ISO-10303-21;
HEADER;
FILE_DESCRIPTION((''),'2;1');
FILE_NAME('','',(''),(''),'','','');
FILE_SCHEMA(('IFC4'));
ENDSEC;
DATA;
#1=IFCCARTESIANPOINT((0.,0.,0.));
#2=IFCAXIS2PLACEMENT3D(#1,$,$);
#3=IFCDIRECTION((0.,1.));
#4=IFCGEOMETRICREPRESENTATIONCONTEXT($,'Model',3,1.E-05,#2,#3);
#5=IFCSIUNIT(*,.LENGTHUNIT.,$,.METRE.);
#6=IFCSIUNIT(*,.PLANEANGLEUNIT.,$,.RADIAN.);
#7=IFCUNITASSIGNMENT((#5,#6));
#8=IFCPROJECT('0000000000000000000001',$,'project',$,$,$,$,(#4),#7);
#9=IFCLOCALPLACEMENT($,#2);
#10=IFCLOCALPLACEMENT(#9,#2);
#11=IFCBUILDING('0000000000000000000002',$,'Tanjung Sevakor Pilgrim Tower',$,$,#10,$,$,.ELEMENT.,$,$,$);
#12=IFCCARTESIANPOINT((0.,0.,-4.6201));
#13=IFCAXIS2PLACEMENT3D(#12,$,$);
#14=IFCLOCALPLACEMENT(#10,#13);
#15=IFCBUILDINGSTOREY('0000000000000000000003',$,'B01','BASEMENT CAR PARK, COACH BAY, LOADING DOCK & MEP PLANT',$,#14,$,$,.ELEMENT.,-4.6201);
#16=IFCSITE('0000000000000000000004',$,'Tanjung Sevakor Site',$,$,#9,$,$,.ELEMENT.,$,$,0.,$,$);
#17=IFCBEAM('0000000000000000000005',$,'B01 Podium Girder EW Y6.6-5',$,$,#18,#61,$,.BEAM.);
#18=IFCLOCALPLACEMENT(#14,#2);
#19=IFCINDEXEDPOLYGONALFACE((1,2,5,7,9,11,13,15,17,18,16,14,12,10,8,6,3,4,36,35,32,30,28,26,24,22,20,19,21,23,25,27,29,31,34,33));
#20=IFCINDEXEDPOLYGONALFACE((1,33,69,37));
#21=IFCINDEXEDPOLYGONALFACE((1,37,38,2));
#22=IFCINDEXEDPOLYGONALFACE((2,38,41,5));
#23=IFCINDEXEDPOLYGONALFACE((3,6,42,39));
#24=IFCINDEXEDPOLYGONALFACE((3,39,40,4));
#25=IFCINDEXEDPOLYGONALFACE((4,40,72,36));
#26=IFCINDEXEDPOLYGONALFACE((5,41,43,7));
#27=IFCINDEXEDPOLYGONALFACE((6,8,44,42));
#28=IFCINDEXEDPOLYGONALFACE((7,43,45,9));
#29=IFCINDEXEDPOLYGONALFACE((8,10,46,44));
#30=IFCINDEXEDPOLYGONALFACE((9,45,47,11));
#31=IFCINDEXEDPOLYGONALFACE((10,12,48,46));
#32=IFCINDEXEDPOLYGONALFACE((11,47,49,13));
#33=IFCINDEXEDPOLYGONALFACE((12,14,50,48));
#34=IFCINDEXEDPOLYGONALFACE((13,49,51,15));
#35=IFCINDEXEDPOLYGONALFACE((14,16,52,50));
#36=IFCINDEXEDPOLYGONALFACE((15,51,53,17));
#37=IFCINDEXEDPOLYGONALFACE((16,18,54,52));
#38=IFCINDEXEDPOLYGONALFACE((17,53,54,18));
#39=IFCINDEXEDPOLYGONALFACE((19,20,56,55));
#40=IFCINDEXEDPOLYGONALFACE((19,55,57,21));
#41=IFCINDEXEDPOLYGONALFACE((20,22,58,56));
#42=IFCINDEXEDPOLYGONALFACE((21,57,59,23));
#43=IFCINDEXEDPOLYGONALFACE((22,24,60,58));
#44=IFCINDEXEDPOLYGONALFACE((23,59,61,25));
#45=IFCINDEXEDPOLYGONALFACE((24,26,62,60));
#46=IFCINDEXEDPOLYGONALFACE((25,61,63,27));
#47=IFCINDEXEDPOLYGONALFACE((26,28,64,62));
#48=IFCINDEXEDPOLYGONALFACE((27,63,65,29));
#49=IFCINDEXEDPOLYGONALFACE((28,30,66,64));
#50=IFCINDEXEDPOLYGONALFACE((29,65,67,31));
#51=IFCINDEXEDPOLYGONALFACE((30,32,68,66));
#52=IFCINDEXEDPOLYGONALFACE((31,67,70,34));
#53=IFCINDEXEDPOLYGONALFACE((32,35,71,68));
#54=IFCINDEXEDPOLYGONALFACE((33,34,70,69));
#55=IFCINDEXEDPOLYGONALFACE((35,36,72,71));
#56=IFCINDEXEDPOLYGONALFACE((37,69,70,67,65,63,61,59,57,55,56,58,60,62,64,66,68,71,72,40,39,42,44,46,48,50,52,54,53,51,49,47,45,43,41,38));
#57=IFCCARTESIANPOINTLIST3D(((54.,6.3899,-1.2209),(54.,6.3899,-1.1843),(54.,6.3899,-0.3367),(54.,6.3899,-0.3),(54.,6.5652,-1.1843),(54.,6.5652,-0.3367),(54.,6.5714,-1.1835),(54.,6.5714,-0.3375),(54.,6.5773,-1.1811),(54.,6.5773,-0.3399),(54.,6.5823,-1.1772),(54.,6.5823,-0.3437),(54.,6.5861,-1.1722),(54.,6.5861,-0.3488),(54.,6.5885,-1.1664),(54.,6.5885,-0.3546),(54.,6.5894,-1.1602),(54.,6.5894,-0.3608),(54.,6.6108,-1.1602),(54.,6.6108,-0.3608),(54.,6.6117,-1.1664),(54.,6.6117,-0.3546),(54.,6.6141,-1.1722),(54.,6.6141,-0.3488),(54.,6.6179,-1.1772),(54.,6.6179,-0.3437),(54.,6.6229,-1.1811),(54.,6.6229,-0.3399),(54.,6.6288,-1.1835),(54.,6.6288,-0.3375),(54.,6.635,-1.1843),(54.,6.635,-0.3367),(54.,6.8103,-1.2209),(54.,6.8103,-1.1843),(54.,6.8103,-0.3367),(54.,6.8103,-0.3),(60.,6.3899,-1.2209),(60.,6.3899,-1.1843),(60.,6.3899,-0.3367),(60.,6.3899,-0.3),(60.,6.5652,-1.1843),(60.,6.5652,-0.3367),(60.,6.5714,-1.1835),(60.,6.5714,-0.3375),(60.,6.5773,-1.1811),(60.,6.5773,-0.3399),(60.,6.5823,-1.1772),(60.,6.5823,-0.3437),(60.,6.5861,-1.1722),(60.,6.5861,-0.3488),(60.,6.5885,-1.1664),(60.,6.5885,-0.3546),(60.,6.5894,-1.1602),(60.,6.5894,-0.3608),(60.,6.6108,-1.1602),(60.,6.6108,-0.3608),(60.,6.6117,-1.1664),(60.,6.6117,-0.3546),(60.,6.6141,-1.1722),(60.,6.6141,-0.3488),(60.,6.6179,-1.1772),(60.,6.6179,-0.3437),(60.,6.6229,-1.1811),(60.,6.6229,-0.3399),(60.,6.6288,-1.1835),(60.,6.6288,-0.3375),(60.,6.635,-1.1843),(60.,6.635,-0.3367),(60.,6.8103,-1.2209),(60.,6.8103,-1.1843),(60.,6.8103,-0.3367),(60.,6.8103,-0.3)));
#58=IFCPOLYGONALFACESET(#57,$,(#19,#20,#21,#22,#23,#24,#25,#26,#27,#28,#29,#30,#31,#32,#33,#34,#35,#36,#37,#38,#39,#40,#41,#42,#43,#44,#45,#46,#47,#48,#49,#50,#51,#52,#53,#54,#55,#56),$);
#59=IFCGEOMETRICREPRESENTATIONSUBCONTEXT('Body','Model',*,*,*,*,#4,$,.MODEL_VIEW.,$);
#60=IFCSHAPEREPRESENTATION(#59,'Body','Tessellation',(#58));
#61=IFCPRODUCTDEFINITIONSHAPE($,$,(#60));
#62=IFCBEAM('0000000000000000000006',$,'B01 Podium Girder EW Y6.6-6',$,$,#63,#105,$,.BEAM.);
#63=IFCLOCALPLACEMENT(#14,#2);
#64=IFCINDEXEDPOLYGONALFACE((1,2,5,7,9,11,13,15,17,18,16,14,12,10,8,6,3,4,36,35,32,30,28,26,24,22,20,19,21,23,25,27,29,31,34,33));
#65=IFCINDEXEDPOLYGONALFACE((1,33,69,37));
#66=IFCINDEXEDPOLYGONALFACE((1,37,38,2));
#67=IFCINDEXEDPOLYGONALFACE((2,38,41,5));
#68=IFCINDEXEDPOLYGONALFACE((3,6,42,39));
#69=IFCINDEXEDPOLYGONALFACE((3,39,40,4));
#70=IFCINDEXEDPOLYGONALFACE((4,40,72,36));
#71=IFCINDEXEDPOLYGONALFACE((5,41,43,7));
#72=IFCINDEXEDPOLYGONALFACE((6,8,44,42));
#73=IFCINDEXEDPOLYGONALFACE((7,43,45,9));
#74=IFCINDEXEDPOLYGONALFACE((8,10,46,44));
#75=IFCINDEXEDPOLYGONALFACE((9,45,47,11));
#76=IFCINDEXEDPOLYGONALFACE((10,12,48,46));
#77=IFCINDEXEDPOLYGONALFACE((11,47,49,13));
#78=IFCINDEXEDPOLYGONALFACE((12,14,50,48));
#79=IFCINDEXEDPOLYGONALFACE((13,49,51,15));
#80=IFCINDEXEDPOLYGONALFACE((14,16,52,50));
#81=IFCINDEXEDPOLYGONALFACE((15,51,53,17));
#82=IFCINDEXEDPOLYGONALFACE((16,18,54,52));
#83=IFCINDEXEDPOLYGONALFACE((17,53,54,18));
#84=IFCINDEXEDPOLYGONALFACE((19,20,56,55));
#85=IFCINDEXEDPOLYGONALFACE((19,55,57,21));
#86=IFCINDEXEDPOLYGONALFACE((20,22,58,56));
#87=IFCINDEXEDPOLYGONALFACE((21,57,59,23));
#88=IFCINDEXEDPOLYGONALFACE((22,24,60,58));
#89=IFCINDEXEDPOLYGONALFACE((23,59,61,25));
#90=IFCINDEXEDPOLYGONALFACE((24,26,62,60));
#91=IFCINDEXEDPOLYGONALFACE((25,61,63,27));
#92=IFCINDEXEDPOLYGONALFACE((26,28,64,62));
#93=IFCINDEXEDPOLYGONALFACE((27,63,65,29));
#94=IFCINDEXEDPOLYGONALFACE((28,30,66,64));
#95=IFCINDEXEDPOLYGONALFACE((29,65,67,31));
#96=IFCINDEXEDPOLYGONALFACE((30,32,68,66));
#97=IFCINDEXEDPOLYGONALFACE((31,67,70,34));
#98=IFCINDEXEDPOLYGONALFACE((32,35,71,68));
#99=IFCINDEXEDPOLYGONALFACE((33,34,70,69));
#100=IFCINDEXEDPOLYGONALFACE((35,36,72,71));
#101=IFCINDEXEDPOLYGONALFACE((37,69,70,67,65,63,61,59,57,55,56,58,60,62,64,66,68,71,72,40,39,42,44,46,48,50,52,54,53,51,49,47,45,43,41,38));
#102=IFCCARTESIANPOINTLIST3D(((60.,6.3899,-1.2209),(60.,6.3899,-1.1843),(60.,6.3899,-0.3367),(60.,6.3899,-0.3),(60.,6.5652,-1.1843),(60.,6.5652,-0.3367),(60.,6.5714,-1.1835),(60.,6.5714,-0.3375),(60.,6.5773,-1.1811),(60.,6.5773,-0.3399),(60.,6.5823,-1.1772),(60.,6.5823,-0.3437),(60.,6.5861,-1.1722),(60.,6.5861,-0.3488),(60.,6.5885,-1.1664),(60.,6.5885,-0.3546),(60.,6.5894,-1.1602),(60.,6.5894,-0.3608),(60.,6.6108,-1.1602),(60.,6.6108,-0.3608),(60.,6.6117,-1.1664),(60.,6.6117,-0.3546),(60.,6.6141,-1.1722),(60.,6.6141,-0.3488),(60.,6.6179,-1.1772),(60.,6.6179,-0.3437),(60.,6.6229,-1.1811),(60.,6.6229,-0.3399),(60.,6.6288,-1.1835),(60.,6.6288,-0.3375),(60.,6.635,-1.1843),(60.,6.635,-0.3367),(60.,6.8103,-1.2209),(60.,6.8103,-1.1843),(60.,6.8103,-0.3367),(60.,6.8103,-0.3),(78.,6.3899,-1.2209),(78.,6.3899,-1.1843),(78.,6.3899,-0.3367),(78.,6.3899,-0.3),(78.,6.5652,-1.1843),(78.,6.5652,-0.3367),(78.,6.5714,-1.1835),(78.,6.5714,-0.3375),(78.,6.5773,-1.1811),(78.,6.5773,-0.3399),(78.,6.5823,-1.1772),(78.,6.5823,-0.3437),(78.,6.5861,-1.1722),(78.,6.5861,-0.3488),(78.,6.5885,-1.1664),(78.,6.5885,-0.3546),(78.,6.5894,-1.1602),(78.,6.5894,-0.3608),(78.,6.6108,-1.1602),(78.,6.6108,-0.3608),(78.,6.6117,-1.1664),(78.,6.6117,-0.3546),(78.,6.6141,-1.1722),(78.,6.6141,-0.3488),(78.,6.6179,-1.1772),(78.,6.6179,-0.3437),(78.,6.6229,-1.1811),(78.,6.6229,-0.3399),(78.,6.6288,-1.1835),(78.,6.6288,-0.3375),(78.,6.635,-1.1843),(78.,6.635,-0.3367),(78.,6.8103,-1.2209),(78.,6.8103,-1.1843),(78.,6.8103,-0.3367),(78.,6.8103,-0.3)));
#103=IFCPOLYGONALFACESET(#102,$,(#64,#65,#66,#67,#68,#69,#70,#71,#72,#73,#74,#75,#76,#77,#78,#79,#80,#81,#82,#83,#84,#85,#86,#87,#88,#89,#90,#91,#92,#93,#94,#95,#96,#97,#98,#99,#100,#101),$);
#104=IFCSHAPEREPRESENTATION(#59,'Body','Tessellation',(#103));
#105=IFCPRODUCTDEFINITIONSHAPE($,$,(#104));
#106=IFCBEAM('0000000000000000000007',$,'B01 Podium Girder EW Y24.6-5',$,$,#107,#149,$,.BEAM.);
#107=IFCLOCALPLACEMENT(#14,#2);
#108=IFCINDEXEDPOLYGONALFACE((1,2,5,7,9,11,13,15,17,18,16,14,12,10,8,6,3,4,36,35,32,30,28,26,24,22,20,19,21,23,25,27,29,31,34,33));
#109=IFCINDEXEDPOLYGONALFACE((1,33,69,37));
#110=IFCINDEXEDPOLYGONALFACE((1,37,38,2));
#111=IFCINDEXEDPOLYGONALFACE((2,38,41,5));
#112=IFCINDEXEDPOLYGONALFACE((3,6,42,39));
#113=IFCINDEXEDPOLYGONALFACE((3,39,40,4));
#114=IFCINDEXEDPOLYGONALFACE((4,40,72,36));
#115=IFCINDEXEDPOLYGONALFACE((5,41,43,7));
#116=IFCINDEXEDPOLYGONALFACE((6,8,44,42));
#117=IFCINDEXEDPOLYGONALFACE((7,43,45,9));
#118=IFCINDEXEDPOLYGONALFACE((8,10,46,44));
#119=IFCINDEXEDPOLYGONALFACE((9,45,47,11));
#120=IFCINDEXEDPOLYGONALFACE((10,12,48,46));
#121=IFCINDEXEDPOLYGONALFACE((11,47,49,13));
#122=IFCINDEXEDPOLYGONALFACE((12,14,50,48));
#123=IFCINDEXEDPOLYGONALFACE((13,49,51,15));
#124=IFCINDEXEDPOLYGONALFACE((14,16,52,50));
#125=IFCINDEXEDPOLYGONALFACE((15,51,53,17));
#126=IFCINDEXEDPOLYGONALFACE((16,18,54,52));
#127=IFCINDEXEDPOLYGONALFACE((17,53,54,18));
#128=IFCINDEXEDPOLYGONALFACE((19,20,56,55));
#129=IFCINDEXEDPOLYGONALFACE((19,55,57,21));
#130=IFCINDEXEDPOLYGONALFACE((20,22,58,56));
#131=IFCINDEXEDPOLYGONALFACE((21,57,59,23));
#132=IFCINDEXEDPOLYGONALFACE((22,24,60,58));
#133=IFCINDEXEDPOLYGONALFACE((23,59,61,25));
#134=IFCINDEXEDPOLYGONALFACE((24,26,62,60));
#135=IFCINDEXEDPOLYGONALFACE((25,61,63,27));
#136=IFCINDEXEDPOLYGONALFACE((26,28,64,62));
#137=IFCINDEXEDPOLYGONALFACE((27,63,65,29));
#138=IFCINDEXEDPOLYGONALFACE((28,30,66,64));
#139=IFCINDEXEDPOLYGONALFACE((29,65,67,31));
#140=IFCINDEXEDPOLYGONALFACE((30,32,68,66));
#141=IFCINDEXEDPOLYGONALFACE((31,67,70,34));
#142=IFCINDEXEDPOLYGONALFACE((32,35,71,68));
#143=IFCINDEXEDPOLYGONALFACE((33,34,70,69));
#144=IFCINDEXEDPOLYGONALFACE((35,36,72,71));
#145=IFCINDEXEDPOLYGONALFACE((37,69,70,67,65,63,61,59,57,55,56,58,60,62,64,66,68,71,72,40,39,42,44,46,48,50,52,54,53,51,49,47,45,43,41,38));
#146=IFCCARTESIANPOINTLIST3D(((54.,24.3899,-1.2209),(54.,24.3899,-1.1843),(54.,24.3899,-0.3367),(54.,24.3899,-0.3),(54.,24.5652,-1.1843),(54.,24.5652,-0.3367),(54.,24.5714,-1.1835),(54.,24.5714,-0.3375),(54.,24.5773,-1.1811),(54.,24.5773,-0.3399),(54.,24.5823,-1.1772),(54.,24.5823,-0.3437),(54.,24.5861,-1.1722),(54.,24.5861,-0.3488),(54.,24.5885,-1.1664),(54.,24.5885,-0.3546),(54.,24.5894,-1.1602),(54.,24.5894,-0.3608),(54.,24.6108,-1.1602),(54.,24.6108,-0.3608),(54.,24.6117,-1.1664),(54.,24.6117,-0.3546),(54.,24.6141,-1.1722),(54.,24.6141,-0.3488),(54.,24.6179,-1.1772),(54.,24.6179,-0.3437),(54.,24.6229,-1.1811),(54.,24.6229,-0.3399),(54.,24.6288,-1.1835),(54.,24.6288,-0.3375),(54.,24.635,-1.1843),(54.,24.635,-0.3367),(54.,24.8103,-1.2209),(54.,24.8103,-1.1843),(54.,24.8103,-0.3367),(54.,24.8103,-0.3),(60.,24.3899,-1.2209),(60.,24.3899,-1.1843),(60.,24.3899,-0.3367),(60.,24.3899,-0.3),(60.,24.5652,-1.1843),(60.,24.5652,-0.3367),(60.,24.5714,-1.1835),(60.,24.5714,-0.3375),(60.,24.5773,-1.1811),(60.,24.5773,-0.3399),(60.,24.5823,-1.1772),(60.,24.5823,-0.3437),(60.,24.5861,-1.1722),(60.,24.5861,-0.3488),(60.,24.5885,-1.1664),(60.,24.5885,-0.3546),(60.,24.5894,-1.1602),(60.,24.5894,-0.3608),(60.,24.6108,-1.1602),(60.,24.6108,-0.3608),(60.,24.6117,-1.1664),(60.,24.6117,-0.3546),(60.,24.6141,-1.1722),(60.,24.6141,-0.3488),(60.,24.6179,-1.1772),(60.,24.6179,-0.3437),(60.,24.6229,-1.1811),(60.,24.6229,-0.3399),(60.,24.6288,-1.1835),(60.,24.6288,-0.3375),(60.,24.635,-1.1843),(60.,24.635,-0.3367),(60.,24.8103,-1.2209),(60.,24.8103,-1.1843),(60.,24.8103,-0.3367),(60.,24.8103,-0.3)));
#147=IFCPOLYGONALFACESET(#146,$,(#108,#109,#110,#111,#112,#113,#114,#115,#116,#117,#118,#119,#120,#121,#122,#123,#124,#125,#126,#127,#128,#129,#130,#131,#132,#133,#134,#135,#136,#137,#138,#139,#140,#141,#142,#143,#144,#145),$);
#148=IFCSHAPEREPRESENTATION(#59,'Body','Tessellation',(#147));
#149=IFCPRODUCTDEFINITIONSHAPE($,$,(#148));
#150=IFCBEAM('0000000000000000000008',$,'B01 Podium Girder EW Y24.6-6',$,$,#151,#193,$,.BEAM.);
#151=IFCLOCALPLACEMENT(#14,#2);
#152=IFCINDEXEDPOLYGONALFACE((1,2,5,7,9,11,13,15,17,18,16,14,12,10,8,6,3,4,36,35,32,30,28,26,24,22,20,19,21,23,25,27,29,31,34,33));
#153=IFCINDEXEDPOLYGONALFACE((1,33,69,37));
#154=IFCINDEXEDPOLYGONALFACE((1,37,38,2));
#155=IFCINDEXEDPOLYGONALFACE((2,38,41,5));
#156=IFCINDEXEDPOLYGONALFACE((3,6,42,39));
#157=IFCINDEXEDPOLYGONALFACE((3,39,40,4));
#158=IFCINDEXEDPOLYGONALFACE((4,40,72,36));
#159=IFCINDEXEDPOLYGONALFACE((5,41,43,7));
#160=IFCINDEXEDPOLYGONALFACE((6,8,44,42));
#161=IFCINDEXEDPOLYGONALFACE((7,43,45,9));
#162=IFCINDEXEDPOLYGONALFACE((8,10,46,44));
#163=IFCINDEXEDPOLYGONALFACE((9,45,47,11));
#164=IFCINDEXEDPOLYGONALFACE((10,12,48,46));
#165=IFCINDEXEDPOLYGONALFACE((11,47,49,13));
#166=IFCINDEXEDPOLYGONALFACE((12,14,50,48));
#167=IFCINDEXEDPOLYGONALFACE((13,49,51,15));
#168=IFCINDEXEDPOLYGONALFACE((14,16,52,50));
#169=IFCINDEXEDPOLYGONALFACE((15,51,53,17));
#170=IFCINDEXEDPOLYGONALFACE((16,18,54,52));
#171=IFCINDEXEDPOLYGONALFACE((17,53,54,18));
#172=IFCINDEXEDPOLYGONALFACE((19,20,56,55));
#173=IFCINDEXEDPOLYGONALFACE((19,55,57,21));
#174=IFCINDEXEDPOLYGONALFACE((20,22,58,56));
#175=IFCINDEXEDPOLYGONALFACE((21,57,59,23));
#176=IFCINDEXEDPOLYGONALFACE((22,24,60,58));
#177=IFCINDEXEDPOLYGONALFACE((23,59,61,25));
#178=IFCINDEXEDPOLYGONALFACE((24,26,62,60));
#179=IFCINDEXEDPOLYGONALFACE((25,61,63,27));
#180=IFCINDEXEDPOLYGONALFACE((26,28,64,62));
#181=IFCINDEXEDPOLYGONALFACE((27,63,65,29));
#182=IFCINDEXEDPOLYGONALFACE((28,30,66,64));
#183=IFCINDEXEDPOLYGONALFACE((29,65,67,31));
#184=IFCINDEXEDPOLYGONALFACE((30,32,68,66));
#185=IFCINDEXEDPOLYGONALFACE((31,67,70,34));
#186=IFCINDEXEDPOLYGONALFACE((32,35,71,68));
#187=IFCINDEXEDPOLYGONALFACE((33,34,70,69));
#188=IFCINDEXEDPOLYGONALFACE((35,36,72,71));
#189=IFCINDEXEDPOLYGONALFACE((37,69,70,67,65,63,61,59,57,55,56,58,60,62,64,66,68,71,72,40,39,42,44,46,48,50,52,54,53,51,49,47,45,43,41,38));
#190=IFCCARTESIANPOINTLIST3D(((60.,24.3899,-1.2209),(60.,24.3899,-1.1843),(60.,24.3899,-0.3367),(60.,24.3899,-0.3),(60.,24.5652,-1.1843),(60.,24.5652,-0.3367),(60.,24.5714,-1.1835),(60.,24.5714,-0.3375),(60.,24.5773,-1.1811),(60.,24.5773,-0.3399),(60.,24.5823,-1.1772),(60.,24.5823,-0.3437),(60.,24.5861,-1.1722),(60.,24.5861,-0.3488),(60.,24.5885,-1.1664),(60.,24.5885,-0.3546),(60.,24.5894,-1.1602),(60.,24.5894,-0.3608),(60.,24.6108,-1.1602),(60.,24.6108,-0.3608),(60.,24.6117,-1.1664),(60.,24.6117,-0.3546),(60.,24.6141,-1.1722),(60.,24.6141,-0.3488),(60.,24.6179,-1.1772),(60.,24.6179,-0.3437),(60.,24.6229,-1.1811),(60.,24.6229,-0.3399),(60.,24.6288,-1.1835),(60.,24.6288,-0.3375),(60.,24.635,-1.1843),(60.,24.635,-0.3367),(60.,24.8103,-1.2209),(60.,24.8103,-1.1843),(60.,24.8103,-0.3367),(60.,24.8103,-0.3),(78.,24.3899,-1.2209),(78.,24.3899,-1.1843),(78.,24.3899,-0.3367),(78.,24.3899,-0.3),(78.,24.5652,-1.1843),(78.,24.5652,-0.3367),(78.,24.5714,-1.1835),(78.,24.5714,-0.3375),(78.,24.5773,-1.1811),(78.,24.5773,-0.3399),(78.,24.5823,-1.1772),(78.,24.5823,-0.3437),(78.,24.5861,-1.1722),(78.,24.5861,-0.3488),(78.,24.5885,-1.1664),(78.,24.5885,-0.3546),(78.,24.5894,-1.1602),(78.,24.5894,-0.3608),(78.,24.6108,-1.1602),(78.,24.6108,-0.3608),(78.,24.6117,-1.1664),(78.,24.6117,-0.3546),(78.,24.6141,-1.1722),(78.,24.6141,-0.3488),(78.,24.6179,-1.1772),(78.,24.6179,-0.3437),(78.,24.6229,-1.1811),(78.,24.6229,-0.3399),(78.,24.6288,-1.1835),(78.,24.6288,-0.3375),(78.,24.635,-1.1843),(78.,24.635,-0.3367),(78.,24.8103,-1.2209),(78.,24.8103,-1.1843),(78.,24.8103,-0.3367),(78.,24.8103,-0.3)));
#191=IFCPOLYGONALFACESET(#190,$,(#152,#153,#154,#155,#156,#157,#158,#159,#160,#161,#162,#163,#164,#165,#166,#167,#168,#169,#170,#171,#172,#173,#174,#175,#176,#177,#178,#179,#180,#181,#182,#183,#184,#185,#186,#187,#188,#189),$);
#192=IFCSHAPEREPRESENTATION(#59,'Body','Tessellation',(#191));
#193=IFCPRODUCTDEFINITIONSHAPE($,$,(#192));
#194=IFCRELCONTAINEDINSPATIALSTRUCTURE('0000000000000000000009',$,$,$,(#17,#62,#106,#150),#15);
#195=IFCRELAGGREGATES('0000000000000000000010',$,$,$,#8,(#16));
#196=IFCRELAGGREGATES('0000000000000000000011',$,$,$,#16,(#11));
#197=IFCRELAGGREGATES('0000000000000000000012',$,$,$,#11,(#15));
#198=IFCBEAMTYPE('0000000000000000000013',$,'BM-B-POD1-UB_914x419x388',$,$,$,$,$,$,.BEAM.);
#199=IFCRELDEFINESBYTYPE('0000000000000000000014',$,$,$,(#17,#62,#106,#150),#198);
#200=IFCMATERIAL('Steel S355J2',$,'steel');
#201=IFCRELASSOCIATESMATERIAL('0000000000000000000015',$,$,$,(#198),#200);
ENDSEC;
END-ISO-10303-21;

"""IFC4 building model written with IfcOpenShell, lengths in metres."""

from ifc_helpers import new_model, si_unit, direction, frame, origin, origin_2d, place, context, subcontext, project, spatial, i_section, extrude, material, material_profile, profile_set, type_object, element, save


model = new_model("IFC4")

# Units and contexts
model_context = context("Model", 3, precision=1e-05, world=origin(), true_north=direction((0.0, 1.0)))
body_context = subcontext(model_context, "Body", "Model", "MODEL_VIEW")
ifc_project = project(units=[si_unit("LENGTHUNIT", "METRE"), si_unit("PLANEANGLEUNIT", "RADIAN")], contexts=[model_context])

# Site, building, storey
site_placement = place(None, origin())
site = spatial("IfcSite", under=ifc_project, at=site_placement, Name="Tanjung Sevakor Site", CompositionType="ELEMENT", RefElevation=0.0)
building_placement = place(site_placement, origin())
building = spatial("IfcBuilding", under=site, at=building_placement, Name="Tanjung Sevakor Pilgrim Tower", CompositionType="ELEMENT")
storey_placement = place(building_placement, frame((0.0, 0.0, -4.6201)))
storey = spatial("IfcBuildingStorey", under=building, at=storey_placement, Name="B01", Description="BASEMENT CAR PARK, COACH BAY, LOADING DOCK & MEP PLANT", CompositionType="ELEMENT", Elevation=-4.6201)

# Beams
ifc_material_1 = material(Name="Steel S355J2", Category="steel")
ifc_material_profile_1 = material_profile(ifc_material_1, i_section(OverallWidth=0.4204, OverallDepth=0.9209, WebThickness=0.0215, FlangeThickness=0.0366, FilletRadius=0.0242, at=origin_2d()))
ifc_profile_set_1 = profile_set([ifc_material_profile_1], Name="Steel S355J2")
beam_type_1 = type_object("IfcBeamType", Name="BM-B-POD1-UB_914x419x388", PredefinedType="BEAM", material=ifc_profile_set_1)
beam_1_placement = place(storey_placement, frame((54.0, 6.6001, -0.7605), z_axis=(1.0, 0.0, 0.0), x_axis=(0.0, 1.0, 0.0)))
element("IfcBeam", 1, at=beam_1_placement, inside=storey, type_object=beam_type_1, Name="B01 Podium Girder EW Y6.6-5", PredefinedType="BEAM", context=body_context, shape_type="SweptSolid", body=[
    extrude(i_section(OverallWidth=0.4204, OverallDepth=0.9209, WebThickness=0.0215, FlangeThickness=0.0366, FilletRadius=0.0242, at=origin_2d()), origin(), (0.0, 0.0, 1.0), 6.0),
])
beam_2_placement = place(storey_placement, frame((60.0, 6.6001, -0.7605), z_axis=(1.0, 0.0, 0.0), x_axis=(0.0, 1.0, 0.0)))
element("IfcBeam", 2, at=beam_2_placement, inside=storey, type_object=beam_type_1, Name="B01 Podium Girder EW Y6.6-6", PredefinedType="BEAM", context=body_context, shape_type="SweptSolid", body=[
    extrude(i_section(OverallWidth=0.4204, OverallDepth=0.9209, WebThickness=0.0215, FlangeThickness=0.0366, FilletRadius=0.0242, at=origin_2d()), origin(), (0.0, 0.0, 1.0), 18.0),
])
beam_3_placement = place(storey_placement, frame((54.0, 24.6001, -0.7605), z_axis=(1.0, 0.0, 0.0), x_axis=(0.0, 1.0, 0.0)))
element("IfcBeam", 3, at=beam_3_placement, inside=storey, type_object=beam_type_1, Name="B01 Podium Girder EW Y24.6-5", PredefinedType="BEAM", context=body_context, shape_type="SweptSolid", body=[
    extrude(i_section(OverallWidth=0.4204, OverallDepth=0.9209, WebThickness=0.0215, FlangeThickness=0.0366, FilletRadius=0.0242, at=origin_2d()), origin(), (0.0, 0.0, 1.0), 6.0),
])
beam_4_placement = place(storey_placement, frame((60.0, 24.6001, -0.7605), z_axis=(1.0, 0.0, 0.0), x_axis=(0.0, 1.0, 0.0)))
element("IfcBeam", 4, at=beam_4_placement, inside=storey, type_object=beam_type_1, Name="B01 Podium Girder EW Y24.6-6", PredefinedType="BEAM", context=body_context, shape_type="SweptSolid", body=[
    extrude(i_section(OverallWidth=0.4204, OverallDepth=0.9209, WebThickness=0.0215, FlangeThickness=0.0366, FilletRadius=0.0242, at=origin_2d()), origin(), (0.0, 0.0, 1.0), 18.0),
])

save(model, "model.ifc")
